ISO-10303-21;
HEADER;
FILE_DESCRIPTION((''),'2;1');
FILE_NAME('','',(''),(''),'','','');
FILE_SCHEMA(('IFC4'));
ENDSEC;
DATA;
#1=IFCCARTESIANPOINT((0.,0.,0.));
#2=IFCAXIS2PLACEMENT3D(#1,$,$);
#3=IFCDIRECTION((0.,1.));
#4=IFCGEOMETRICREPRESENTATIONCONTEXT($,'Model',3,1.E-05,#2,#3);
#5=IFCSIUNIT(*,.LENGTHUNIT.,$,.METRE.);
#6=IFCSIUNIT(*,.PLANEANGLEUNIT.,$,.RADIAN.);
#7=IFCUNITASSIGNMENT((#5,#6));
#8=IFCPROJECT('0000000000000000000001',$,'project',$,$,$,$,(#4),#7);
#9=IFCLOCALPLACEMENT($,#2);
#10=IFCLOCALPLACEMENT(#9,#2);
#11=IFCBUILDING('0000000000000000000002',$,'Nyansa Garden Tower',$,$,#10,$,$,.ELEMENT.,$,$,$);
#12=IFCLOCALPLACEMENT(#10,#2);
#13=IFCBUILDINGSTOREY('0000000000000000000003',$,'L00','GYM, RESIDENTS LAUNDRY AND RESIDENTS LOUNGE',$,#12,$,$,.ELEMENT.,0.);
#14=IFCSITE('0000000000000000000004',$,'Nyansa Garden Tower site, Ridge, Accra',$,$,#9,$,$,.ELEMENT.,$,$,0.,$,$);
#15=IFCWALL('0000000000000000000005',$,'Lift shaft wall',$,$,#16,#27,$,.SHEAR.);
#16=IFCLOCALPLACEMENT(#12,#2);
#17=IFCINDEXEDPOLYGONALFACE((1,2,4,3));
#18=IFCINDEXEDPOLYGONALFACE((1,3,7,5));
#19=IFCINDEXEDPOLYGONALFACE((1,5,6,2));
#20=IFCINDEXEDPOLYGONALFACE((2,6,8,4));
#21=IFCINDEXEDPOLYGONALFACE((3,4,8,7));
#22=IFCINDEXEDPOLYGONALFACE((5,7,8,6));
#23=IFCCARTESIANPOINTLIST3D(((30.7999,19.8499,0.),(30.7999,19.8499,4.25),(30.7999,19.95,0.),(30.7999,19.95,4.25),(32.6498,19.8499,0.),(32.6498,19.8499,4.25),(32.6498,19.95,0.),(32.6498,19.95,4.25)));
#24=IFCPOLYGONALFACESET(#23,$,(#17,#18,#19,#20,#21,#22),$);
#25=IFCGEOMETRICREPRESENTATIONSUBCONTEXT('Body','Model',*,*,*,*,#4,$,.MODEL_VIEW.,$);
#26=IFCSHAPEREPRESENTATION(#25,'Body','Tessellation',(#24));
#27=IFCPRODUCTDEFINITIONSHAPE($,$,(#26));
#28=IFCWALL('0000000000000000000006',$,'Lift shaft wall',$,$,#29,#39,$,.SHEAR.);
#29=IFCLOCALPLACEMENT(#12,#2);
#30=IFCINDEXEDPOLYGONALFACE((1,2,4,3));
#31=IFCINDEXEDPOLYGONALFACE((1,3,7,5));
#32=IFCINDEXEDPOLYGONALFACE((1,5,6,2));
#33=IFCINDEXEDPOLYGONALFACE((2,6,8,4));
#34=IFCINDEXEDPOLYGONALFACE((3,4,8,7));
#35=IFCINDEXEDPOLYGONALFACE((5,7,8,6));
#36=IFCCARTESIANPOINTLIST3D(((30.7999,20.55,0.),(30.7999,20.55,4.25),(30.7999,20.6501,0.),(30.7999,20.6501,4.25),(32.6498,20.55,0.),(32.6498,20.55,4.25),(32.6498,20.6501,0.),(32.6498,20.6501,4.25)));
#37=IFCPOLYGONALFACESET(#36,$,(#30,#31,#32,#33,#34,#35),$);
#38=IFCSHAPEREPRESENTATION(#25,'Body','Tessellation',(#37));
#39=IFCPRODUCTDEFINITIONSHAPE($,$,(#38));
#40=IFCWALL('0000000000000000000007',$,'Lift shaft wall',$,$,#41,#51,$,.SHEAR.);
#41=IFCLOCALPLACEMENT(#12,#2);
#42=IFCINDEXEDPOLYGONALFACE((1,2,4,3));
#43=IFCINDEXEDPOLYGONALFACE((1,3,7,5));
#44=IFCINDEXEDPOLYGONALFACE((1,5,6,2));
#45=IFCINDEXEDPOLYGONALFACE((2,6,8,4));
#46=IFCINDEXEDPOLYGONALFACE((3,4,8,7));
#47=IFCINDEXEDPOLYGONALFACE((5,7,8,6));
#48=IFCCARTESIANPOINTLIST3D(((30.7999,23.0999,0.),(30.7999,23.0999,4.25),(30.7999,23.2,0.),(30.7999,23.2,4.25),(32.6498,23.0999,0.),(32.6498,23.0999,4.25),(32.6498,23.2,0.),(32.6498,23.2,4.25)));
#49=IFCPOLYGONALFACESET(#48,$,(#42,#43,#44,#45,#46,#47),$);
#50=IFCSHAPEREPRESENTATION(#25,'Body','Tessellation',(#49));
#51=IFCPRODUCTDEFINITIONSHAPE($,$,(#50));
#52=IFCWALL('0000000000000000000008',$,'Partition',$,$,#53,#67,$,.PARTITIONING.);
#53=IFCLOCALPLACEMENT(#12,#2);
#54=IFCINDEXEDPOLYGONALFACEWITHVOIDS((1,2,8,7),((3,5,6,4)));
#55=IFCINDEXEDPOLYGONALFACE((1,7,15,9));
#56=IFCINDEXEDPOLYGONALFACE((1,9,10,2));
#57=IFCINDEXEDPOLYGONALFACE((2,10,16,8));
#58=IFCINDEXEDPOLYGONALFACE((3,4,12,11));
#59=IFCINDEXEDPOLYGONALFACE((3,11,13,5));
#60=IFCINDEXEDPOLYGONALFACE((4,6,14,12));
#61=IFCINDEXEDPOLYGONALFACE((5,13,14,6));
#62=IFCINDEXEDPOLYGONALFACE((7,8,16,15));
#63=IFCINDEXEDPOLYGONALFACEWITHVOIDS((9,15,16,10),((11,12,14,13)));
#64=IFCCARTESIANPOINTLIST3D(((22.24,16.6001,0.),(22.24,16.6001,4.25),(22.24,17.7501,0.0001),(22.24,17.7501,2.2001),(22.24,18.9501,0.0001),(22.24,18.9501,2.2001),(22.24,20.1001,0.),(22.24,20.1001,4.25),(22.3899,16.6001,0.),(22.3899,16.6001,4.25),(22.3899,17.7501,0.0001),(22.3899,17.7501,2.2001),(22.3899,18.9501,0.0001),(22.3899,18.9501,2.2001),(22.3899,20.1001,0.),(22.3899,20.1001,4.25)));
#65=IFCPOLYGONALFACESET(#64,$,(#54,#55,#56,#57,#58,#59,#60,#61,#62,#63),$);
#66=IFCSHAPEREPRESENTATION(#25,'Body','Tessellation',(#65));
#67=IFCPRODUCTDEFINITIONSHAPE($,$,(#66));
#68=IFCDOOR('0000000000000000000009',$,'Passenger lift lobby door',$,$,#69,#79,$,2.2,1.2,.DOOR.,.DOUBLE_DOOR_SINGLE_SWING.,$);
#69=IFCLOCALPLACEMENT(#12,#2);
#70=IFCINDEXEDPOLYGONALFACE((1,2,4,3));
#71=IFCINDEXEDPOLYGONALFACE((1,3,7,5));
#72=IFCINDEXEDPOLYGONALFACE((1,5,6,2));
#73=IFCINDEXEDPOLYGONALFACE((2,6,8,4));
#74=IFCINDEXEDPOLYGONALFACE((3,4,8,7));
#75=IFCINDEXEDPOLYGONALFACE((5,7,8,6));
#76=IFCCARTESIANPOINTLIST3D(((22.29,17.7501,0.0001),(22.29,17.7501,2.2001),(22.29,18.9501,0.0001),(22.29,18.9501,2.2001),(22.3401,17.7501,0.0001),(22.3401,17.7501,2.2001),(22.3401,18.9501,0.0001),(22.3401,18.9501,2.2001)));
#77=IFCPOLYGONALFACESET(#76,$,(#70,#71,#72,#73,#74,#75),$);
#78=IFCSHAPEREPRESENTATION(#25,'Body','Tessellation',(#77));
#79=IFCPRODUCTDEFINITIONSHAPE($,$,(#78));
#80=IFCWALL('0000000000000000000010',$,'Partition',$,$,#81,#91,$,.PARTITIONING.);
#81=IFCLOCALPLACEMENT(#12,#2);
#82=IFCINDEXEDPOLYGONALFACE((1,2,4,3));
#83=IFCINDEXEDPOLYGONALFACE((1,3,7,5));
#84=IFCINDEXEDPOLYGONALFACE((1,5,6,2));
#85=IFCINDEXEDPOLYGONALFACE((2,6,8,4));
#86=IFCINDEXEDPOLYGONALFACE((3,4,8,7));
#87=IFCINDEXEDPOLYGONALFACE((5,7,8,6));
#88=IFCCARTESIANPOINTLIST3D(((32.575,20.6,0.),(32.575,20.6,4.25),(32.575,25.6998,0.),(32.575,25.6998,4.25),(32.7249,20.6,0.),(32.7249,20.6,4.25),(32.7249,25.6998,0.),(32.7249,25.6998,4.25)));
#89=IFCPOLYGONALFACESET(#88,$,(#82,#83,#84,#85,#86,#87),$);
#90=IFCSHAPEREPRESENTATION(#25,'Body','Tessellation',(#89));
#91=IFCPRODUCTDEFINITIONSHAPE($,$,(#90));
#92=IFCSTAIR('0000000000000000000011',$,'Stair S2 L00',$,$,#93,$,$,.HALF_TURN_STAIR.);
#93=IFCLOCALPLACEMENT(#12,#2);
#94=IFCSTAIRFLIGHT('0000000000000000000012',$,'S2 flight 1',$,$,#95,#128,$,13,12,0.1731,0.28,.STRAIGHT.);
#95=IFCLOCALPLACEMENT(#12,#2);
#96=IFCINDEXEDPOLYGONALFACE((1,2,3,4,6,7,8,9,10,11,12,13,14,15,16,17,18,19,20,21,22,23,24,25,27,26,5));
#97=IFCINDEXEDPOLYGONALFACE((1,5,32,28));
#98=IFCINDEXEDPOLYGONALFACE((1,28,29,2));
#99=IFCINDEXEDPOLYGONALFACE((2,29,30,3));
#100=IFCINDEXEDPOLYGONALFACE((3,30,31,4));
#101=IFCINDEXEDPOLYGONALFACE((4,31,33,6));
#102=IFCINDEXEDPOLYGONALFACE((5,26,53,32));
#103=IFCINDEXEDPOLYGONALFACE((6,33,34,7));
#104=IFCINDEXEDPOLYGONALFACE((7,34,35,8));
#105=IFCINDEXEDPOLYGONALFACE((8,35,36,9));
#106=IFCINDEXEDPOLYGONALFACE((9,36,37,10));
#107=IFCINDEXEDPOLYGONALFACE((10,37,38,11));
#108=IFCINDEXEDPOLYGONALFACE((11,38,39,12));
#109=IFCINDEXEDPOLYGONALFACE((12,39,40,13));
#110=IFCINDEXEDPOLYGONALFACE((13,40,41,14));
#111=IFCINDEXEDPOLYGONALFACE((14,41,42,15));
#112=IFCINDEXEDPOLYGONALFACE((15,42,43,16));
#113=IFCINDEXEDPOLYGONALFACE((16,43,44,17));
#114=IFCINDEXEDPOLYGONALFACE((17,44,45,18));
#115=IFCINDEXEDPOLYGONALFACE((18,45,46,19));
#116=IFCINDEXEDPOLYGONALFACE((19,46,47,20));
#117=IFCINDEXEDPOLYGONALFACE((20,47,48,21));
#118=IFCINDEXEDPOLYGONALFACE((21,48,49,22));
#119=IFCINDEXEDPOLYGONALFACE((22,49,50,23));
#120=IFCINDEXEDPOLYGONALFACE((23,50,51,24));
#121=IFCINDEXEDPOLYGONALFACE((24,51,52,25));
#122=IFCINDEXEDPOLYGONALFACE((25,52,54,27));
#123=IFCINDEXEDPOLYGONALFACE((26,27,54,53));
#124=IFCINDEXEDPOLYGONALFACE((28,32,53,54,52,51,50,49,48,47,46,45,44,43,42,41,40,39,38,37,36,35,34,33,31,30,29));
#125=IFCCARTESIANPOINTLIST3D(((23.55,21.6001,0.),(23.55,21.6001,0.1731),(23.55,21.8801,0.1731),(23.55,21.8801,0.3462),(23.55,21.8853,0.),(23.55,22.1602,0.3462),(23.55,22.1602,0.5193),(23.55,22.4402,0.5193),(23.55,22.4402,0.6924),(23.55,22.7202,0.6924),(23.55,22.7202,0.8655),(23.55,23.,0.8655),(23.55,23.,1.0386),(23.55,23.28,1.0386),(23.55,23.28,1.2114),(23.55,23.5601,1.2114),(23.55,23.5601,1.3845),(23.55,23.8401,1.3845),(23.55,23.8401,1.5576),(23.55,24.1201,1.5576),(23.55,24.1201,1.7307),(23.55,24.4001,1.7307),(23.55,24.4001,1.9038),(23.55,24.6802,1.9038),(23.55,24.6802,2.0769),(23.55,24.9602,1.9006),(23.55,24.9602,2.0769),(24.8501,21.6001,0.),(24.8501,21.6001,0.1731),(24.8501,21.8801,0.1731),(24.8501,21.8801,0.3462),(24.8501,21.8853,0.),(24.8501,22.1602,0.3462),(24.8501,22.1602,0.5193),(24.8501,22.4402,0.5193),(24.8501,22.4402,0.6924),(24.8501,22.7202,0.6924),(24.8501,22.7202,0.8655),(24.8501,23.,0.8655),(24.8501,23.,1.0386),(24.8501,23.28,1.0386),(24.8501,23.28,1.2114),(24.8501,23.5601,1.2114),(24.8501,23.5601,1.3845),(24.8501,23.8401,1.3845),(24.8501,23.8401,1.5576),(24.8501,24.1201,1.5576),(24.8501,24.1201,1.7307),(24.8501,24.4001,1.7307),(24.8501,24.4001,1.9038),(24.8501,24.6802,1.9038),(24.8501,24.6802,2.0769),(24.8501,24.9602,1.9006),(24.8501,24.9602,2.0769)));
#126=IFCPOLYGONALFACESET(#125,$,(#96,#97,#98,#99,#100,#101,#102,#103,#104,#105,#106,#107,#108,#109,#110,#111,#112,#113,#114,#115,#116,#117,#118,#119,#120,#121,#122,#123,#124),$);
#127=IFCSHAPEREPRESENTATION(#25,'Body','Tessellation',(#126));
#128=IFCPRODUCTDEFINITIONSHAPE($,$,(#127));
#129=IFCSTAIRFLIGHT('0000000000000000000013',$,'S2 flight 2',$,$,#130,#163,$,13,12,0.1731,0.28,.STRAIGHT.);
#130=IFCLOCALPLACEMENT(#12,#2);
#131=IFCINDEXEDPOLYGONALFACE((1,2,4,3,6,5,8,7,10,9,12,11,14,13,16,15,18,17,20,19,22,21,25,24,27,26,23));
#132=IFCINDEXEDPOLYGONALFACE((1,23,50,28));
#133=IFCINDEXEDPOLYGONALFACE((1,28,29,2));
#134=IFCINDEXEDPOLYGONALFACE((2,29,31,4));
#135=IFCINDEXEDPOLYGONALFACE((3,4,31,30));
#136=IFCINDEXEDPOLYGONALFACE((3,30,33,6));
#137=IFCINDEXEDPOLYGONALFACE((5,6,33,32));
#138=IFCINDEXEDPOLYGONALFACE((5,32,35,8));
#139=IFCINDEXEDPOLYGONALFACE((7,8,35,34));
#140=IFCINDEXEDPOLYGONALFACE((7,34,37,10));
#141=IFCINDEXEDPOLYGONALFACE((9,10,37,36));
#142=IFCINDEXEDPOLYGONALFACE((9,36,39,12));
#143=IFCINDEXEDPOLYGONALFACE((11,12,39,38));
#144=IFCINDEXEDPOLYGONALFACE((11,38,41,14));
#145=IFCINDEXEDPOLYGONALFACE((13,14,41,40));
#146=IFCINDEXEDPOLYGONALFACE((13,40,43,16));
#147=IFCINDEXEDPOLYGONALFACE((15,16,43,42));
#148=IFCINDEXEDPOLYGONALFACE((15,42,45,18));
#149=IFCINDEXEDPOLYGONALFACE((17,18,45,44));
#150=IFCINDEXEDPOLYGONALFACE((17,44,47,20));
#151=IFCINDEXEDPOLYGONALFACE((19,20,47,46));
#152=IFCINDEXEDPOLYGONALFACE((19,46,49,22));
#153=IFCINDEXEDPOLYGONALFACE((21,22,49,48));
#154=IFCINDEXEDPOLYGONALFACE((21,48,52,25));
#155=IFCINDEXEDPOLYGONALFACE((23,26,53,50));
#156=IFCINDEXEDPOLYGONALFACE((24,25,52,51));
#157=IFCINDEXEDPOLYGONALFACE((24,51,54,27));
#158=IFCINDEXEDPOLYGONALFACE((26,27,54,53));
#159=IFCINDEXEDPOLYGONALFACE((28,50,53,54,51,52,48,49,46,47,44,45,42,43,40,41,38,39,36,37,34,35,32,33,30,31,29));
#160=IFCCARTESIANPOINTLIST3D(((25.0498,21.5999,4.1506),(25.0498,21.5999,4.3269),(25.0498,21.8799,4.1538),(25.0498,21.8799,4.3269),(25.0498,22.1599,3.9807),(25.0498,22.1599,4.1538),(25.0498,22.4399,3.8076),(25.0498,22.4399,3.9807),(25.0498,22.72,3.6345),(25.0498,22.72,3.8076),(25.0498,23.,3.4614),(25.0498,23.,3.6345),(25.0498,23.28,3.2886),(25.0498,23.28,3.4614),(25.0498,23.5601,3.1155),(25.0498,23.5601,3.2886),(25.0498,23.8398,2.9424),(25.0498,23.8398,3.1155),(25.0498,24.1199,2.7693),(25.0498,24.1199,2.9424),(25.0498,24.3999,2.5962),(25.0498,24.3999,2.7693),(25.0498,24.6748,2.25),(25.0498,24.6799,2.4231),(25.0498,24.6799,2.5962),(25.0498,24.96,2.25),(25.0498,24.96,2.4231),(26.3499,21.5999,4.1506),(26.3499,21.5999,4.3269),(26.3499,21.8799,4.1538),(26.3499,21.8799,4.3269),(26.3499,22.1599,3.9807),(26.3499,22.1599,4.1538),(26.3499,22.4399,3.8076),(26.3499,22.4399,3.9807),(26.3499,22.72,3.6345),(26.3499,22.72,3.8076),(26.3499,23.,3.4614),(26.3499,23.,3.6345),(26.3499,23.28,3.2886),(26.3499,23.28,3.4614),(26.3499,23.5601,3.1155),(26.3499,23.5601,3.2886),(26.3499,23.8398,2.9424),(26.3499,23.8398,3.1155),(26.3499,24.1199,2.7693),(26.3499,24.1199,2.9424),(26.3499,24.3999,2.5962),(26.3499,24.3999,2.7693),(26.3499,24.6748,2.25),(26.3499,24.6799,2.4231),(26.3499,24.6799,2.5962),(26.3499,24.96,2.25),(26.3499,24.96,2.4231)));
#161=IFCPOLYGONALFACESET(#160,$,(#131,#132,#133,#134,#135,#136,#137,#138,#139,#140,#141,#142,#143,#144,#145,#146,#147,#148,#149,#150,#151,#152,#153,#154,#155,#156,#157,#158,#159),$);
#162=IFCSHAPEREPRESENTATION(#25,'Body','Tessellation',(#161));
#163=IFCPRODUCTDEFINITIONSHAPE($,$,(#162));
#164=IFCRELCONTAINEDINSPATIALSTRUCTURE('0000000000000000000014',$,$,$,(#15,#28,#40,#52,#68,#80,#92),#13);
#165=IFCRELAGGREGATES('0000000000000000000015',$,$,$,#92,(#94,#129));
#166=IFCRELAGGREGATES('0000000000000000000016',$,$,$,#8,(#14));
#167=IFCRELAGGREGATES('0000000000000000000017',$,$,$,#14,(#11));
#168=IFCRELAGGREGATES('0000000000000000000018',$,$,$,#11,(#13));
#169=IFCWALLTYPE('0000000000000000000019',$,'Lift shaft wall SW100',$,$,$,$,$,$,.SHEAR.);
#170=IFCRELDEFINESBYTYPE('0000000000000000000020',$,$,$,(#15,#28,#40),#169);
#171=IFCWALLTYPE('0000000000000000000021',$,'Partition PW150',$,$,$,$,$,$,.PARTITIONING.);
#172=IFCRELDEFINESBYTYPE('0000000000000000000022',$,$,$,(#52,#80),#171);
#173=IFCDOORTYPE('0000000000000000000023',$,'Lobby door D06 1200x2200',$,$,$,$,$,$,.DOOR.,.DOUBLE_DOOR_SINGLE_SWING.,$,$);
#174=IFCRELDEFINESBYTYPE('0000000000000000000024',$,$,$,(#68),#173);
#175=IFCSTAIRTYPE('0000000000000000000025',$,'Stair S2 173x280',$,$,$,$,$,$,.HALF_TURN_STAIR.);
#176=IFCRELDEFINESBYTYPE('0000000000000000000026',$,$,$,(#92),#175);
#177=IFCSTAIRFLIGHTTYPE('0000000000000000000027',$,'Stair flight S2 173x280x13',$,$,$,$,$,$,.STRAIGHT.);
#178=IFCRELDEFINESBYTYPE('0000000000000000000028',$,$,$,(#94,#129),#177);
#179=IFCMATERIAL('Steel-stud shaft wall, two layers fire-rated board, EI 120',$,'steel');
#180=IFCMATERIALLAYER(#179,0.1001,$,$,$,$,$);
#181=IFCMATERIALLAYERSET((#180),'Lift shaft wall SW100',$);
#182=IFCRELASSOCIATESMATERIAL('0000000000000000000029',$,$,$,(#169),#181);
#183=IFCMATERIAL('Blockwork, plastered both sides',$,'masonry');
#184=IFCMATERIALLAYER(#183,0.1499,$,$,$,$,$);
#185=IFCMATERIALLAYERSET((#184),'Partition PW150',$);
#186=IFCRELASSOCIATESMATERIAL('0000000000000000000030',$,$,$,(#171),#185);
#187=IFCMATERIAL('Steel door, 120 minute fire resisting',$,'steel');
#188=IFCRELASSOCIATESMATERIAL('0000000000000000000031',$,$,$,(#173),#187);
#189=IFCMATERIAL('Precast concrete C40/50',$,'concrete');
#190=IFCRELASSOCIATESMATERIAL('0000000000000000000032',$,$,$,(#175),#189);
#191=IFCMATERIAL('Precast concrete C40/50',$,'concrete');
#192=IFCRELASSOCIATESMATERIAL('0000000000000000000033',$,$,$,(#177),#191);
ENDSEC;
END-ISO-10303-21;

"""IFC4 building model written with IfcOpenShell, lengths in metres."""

from ifc_helpers import new_model, si_unit, direction, frame, frame_2d, origin, place, context, subcontext, project, spatial, polyline, rectangle, outline, extrude, material, layer, layer_set, type_object, element, fill, aggregate, save


model = new_model("IFC4")

# Units and contexts
model_context = context("Model", 3, precision=1e-05, world=origin(), true_north=direction((0.0, 1.0)))
body_context = subcontext(model_context, "Body", "Model", "MODEL_VIEW")
ifc_project = project(units=[si_unit("LENGTHUNIT", "METRE"), si_unit("PLANEANGLEUNIT", "RADIAN")], contexts=[model_context])

# Site, building, storey
site_placement = place(None, origin())
site = spatial("IfcSite", under=ifc_project, at=site_placement, Name="Nyansa Garden Tower site, Ridge, Accra", CompositionType="ELEMENT", RefElevation=0.0)
building_placement = place(site_placement, origin())
building = spatial("IfcBuilding", under=site, at=building_placement, Name="Nyansa Garden Tower", CompositionType="ELEMENT")
storey_placement = place(building_placement, origin())
storey = spatial("IfcBuildingStorey", under=building, at=storey_placement, Name="L00", Description="GYM, RESIDENTS LAUNDRY AND RESIDENTS LOUNGE", CompositionType="ELEMENT", Elevation=0.0)

# Walls
ifc_material_1 = material(Name="Steel-stud shaft wall, two layers fire-rated board, EI 120", Category="steel")
ifc_layer_1 = layer(ifc_material_1, 0.1001)
ifc_layer_set_1 = layer_set([ifc_layer_1], Name="Lift shaft wall SW100")
wall_type_1 = type_object("IfcWallType", Name="Lift shaft wall SW100", PredefinedType="SHEAR", material=ifc_layer_set_1)
for number, where, z_axis, x_axis, name in (
    (1, (30.8, 19.8999, 0.0), (0.0, 0.0, 1.0), (1.0, 0.0, 0.0), "Lift shaft wall"),
    (2, (30.8, 20.6001, 0.0), (0.0, 0.0, 1.0), (1.0, 0.0, 0.0), "Lift shaft wall"),
    (3, (30.8, 23.1499, 0.0), (0.0, 0.0, 1.0), (1.0, 0.0, 0.0), "Lift shaft wall"),
):
    element("IfcWall", number, at=place(storey_placement, frame(where, z_axis=z_axis, x_axis=x_axis)), inside=storey, type_object=wall_type_1, Name=name, PredefinedType="SHEAR", context=body_context, shape_type="SweptSolid", body=[
        extrude(rectangle(XDim=1.8499, YDim=0.1001, at=frame_2d((0.9248, 0.0))), origin(), (0.0, 0.0, 1.0), 4.25),
    ])

# Wall, opening, door
ifc_material_2 = material(Name="Blockwork, plastered both sides", Category="masonry")
ifc_layer_2 = layer(ifc_material_2, 0.1499)
ifc_layer_set_2 = layer_set([ifc_layer_2], Name="Partition PW150")
wall_type_2 = type_object("IfcWallType", Name="Partition PW150", PredefinedType="PARTITIONING", material=ifc_layer_set_2)
wall_1_placement = place(storey_placement, frame((22.3149, 16.6001, 0.0), z_axis=(0.0, 0.0, 1.0), x_axis=(0.0, 1.0, 0.0)))
wall_1 = element("IfcWall", 4, at=wall_1_placement, inside=storey, type_object=wall_type_2, Name="Partition", PredefinedType="PARTITIONING", context=body_context, shape_type="SweptSolid", body=[
    extrude(rectangle(XDim=3.5, YDim=0.1499, at=frame_2d((1.75, 0.0))), origin(), (0.0, 0.0, 1.0), 4.25),
])
opening_placement = place(wall_1_placement, frame((1.1499, 0.0, 0.0)))
opening = element("IfcOpeningElement", 5, at=opening_placement, cuts=wall_1, PredefinedType="OPENING", context=body_context, shape_type="SweptSolid", body=[
    extrude(rectangle(XDim=1.2, YDim=2.2, at=frame_2d((0.6001, 1.1001))), frame((0.0, 0.085, 0.0), z_axis=(0.0, -1.0, 0.0), x_axis=(1.0, 0.0, 0.0)), (0.0, 0.0, 1.0), 0.1699),
])
ifc_material_3 = material(Name="Steel door, 120 minute fire resisting", Category="steel")
door_type = type_object("IfcDoorType", Name="Lobby door D06 1200x2200", OperationType="DOUBLE_DOOR_SINGLE_SWING", PredefinedType="DOOR", material=ifc_material_3)
door_placement = place(opening_placement, origin())
door = element("IfcDoor", 6, at=door_placement, inside=storey, type_object=door_type, Name="Passenger lift lobby door", OperationType="DOUBLE_DOOR_SINGLE_SWING", OverallHeight=2.2, OverallWidth=1.2, PredefinedType="DOOR", context=body_context, shape_type="SweptSolid", body=[
    extrude(rectangle(XDim=1.2, YDim=2.2, at=frame_2d((0.6001, 1.1001))), frame((0.0, 0.0249, 0.0), z_axis=(0.0, -1.0, 0.0), x_axis=(1.0, 0.0, 0.0)), (0.0, 0.0, 1.0), 0.05),
])
fill(opening, door)

# Wall
wall_2_placement = place(storey_placement, frame((32.6499, 20.6001, 0.0), z_axis=(0.0, 0.0, 1.0), x_axis=(0.0, 1.0, 0.0)))
element("IfcWall", 7, at=wall_2_placement, inside=storey, type_object=wall_type_2, Name="Partition", PredefinedType="PARTITIONING", context=body_context, shape_type="SweptSolid", body=[
    extrude(rectangle(XDim=5.0999, YDim=0.1499, at=frame_2d((2.5498, 0.0))), origin(), (0.0, 0.0, 1.0), 4.25),
])

# Stair, stair flights
ifc_material_4 = material(Name="Precast concrete C40/50", Category="concrete")
stair_type = type_object("IfcStairType", Name="Stair S2 173x280", PredefinedType="HALF_TURN_STAIR", material=ifc_material_4)
stair_placement = place(storey_placement, origin())
stair = element("IfcStair", 8, at=stair_placement, inside=storey, type_object=stair_type, Name="Stair S2 L00", PredefinedType="HALF_TURN_STAIR")
ifc_material_5 = material(Name="Precast concrete C40/50", Category="concrete")
stair_flight_type = type_object("IfcStairFlightType", Name="Stair flight S2 173x280x13", PredefinedType="STRAIGHT", material=ifc_material_5)
stair_flight_1_placement = place(storey_placement, frame((24.2, 21.6001, 0.0), z_axis=(0.0, 0.0, 1.0), x_axis=(0.0, 1.0, 0.0)))
stair_flight_1 = element("IfcStairFlight", 9, at=stair_flight_1_placement, type_object=stair_flight_type, Name="S2 flight 1", NumberOfRisers=13, NumberOfTreads=12, PredefinedType="STRAIGHT", RiserHeight=0.1731, TreadLength=0.28, context=body_context, shape_type="SweptSolid", body=[
    extrude(outline(polyline([(0.0, 0.0), (0.0, 0.1731), (0.28, 0.1731), (0.28, 0.3462), (0.5601, 0.3462), (0.5601, 0.5193), (0.8401, 0.5193), (0.8401, 0.6924), (1.1201, 0.6924), (1.1201, 0.8655), (1.3999, 0.8655), (1.3999, 1.0386), (1.6799, 1.0386), (1.6799, 1.2114), (1.96, 1.2114), (1.96, 1.3845), (2.24, 1.3845), (2.24, 1.5576), (2.52, 1.5576), (2.52, 1.7307), (2.8, 1.7307), (2.8, 1.9038), (3.0801, 1.9038), (3.0801, 2.0769), (3.3601, 2.0769), (3.3601, 2.25), (3.3601, 1.9006), (0.2852, 0.0), (0.0, 0.0)])), frame((0.0, 0.6499, 0.0), z_axis=(0.0, -1.0, 0.0), x_axis=(1.0, 0.0, 0.0)), (0.0, 0.0, 1.0), 1.3),
])
stair_flight_2_placement = place(storey_placement, frame((25.7, 24.96, 2.25), z_axis=(0.0, 0.0, 1.0), x_axis=(0.0, -1.0, 0.0)))
stair_flight_2 = element("IfcStairFlight", 10, at=stair_flight_2_placement, type_object=stair_flight_type, Name="S2 flight 2", NumberOfRisers=13, NumberOfTreads=12, PredefinedType="STRAIGHT", RiserHeight=0.1731, TreadLength=0.28, context=body_context, shape_type="SweptSolid", body=[
    extrude(outline(polyline([(0.0, 0.0), (0.0, 0.1731), (0.28, 0.1731), (0.28, 0.3462), (0.5601, 0.3462), (0.5601, 0.5193), (0.8401, 0.5193), (0.8401, 0.6924), (1.1201, 0.6924), (1.1201, 0.8655), (1.3999, 0.8655), (1.3999, 1.0386), (1.6799, 1.0386), (1.6799, 1.2114), (1.96, 1.2114), (1.96, 1.3845), (2.24, 1.3845), (2.24, 1.5576), (2.52, 1.5576), (2.52, 1.7307), (2.8, 1.7307), (2.8, 1.9038), (3.0801, 1.9038), (3.0801, 2.0769), (3.3601, 2.0769), (3.3601, 2.25), (3.3601, 1.9006), (0.2852, 0.0), (0.0, 0.0)])), frame((0.0, 0.6499, 0.0), z_axis=(0.0, -1.0, 0.0), x_axis=(1.0, 0.0, 0.0)), (0.0, 0.0, 1.0), 1.3),
])
aggregate(stair, [stair_flight_1, stair_flight_2])

save(model, "model.ifc")
